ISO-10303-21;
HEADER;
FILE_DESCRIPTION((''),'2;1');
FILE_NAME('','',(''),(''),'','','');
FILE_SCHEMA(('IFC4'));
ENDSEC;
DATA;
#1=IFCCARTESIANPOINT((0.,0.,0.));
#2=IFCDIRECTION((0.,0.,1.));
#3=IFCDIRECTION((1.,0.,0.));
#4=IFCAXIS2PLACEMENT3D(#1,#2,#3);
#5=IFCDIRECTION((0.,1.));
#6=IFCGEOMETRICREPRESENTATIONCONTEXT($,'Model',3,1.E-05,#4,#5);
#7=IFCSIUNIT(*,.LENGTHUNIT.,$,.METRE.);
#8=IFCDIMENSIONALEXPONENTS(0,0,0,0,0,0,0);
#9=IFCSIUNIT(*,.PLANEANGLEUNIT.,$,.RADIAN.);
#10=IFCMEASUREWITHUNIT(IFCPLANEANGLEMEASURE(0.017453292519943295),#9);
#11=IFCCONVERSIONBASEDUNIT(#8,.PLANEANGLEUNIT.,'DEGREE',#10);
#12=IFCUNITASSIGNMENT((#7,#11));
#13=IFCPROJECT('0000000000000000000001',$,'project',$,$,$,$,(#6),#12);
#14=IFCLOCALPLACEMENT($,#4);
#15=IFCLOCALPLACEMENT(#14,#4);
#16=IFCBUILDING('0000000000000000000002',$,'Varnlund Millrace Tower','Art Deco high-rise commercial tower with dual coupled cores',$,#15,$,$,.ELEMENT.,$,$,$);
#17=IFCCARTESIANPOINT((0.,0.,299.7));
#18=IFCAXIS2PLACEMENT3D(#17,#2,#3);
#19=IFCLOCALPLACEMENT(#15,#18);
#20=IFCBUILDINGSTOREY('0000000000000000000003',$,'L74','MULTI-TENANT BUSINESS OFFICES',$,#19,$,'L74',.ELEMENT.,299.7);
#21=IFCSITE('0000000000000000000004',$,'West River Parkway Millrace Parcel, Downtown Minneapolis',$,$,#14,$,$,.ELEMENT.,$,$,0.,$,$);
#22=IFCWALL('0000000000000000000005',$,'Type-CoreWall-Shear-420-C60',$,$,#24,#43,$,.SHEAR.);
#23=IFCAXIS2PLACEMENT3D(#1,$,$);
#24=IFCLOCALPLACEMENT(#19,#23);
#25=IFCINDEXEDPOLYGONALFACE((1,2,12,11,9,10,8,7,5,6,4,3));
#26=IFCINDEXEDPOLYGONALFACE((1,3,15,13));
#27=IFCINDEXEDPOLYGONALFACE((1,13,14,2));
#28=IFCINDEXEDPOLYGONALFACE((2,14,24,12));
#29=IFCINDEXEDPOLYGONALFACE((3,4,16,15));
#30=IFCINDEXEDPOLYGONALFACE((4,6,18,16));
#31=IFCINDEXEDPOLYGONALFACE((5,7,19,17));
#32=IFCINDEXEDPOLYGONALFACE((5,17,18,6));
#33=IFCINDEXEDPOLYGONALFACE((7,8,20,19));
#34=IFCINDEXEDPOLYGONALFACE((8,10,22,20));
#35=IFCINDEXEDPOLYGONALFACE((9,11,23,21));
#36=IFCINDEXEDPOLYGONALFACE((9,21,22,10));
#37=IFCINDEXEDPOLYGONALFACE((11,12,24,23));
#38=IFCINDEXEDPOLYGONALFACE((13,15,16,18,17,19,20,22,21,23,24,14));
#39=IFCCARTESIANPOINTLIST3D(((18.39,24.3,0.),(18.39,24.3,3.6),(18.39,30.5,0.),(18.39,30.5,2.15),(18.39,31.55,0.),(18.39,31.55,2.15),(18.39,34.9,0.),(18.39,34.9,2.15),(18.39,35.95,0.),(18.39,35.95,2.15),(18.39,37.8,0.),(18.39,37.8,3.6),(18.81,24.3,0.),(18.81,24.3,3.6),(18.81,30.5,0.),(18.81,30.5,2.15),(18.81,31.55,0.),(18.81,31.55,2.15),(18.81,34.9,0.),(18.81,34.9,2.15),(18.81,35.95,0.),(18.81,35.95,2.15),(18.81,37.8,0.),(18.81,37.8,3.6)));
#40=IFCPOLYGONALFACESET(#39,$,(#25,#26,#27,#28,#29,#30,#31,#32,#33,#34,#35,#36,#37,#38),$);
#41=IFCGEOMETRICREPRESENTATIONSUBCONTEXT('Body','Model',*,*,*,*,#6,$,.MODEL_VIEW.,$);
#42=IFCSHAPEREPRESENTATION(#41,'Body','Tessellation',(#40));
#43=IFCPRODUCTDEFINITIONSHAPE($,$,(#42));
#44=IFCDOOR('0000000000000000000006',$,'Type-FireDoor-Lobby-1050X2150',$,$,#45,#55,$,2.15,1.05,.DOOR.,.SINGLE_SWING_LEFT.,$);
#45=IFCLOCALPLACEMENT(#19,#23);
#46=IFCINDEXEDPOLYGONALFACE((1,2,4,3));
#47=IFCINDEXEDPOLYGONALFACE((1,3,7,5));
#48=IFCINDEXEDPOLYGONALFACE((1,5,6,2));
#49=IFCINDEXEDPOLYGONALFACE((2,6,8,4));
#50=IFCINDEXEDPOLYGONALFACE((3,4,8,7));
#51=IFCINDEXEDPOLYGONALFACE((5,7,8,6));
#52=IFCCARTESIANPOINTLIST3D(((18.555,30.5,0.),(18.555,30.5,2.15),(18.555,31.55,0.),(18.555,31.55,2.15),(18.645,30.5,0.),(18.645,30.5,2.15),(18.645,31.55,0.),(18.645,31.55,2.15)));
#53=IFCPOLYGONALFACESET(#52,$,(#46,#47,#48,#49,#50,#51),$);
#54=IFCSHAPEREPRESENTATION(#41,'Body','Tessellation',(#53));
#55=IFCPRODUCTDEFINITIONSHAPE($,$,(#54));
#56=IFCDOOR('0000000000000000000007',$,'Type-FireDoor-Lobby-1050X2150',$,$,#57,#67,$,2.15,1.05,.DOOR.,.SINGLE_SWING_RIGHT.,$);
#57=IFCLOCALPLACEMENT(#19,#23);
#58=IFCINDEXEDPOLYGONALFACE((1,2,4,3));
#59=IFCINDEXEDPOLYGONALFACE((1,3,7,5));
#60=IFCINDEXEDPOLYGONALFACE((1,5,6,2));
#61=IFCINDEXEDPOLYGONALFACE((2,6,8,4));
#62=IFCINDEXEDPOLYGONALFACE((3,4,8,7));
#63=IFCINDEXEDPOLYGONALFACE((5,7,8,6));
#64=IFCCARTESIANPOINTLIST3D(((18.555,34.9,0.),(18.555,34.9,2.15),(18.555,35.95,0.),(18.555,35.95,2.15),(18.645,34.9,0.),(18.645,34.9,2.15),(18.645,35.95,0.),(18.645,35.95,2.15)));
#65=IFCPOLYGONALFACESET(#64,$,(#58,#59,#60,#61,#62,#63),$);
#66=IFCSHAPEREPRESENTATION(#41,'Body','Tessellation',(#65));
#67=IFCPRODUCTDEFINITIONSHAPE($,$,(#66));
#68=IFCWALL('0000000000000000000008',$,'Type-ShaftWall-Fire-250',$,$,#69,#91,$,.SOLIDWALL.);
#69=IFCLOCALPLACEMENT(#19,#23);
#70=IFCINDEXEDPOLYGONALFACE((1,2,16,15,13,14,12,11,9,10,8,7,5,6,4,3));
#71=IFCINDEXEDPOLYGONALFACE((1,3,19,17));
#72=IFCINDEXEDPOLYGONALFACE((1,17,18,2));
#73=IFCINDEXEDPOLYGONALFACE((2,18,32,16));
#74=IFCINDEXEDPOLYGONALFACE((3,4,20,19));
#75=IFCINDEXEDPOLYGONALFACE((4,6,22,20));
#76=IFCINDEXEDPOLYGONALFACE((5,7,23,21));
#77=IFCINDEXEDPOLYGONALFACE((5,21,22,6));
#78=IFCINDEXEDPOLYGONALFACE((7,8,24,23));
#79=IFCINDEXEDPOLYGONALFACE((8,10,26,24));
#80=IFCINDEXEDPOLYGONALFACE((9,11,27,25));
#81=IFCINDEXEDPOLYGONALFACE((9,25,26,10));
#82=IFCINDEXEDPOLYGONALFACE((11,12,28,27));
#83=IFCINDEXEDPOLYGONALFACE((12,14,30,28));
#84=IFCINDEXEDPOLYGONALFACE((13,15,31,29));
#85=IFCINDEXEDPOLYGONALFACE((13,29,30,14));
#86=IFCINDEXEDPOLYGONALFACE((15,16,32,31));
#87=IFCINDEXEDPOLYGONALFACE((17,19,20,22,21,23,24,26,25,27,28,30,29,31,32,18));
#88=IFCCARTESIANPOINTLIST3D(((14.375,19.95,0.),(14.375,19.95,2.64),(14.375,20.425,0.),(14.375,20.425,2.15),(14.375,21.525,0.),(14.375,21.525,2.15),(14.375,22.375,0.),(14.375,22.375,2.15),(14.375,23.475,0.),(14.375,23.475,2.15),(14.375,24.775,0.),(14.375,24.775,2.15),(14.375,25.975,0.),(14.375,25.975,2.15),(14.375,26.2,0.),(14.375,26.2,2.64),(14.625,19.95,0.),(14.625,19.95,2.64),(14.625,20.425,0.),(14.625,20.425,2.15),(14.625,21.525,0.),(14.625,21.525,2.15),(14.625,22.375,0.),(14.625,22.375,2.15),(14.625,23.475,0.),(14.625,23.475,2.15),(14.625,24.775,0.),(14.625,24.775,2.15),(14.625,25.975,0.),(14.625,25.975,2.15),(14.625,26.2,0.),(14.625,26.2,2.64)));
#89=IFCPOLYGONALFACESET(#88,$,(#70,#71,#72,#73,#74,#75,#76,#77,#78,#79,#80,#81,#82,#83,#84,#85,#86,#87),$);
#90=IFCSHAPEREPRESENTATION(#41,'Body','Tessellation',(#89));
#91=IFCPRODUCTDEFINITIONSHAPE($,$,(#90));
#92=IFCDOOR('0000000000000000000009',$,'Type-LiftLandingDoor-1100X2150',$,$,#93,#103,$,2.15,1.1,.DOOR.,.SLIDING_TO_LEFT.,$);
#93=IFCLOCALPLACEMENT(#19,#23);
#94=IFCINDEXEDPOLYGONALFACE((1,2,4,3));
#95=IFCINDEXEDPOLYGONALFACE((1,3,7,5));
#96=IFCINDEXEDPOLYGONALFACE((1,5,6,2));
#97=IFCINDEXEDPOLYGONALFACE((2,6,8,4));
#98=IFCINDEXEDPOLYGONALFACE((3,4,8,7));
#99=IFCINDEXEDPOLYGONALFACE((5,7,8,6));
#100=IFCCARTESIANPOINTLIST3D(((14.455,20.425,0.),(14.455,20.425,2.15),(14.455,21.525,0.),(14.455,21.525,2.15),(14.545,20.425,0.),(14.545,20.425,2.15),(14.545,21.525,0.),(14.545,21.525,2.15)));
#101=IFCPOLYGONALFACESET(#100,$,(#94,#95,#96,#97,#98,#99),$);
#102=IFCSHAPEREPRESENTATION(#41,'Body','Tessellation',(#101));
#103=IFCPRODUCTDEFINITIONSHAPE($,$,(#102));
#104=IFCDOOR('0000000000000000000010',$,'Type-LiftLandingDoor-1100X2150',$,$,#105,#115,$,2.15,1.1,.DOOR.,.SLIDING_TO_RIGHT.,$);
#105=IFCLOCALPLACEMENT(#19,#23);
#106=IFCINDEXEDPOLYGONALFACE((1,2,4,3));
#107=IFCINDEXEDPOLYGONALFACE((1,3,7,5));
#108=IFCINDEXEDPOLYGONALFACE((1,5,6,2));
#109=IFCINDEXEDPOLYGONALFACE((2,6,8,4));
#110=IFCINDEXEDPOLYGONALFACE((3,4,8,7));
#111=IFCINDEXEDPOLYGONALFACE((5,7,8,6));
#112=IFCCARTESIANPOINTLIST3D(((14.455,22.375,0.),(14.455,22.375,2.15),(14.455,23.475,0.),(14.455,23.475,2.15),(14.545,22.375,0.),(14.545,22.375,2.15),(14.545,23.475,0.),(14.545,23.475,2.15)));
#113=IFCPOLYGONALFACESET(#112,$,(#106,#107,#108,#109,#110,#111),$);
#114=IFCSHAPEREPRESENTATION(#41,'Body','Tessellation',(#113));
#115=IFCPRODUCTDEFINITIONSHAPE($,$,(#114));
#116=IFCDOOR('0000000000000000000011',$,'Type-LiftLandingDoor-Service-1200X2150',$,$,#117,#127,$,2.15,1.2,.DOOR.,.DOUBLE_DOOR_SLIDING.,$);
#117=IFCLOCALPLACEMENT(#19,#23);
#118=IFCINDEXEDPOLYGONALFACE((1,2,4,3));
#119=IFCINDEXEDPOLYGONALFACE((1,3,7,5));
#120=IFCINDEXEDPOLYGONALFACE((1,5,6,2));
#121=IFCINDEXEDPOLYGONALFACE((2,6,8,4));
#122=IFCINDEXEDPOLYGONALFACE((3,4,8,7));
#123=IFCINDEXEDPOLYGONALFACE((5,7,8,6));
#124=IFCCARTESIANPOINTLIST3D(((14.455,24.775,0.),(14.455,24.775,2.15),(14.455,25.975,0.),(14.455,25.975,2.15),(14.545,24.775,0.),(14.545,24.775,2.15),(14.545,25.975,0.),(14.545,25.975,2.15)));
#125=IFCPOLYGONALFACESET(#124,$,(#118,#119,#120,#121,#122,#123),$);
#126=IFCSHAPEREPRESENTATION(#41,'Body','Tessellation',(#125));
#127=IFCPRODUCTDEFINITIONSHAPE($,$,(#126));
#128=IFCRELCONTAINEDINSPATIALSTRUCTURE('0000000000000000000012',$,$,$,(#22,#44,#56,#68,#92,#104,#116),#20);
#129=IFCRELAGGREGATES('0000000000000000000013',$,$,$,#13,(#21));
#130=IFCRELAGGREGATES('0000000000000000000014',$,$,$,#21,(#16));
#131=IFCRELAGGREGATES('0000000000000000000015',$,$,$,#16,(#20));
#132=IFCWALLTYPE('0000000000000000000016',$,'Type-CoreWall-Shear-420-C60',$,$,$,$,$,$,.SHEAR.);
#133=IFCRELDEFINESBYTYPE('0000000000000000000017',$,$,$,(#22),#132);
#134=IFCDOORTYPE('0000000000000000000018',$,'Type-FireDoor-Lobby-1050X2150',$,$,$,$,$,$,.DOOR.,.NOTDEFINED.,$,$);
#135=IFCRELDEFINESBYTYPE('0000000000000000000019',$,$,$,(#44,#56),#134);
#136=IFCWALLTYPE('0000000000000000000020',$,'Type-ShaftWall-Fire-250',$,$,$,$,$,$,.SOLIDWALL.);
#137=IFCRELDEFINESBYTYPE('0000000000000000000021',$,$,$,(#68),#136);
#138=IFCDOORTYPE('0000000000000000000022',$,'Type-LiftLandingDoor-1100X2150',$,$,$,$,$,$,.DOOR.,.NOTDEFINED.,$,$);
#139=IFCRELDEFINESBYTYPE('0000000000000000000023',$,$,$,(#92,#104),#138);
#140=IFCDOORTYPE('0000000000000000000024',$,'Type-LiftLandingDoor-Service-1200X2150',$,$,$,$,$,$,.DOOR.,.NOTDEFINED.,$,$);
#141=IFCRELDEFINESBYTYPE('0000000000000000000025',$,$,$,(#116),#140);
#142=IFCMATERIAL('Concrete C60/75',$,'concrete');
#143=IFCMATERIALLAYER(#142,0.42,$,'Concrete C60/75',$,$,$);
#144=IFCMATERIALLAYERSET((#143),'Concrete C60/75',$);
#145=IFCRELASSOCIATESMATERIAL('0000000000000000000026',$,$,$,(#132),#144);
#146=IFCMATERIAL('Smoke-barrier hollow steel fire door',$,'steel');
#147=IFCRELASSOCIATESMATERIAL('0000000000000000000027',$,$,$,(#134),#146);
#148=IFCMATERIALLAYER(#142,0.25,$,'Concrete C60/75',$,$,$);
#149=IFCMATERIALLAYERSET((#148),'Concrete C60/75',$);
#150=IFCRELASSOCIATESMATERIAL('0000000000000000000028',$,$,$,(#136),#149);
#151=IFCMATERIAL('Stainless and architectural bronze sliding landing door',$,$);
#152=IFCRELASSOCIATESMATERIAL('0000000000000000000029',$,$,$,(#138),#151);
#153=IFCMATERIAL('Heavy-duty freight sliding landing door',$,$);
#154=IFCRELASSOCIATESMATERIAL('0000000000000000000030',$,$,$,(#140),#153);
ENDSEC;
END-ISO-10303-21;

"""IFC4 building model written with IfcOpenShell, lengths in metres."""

from ifc_helpers import new_model, entity, si_unit, converted_unit, direction, frame, origin_with_axes, origin_2d_with_axis, place, context, subcontext, project, spatial, polyline, rectangle, outline, extrude, material, layer, layer_set, type_object, element, fill, save


model = new_model("IFC4")

# Units and contexts
model_context = context("Model", 3, precision=1e-05, world=origin_with_axes(), true_north=direction((0.0, 1.0)))
body_context = subcontext(model_context, "Body", "Model", "MODEL_VIEW")
ifc_project = project(units=[si_unit("LENGTHUNIT", "METRE"), converted_unit("PLANEANGLEUNIT", "DEGREE", entity("IfcPlaneAngleMeasure", 0.017453292519943295), si_unit("PLANEANGLEUNIT", "RADIAN"), dimensions=[0, 0, 0, 0, 0, 0, 0])], contexts=[model_context])

# Site, building, storey
site_placement = place(None, origin_with_axes())
site = spatial("IfcSite", under=ifc_project, at=site_placement, Name="West River Parkway Millrace Parcel, Downtown Minneapolis", CompositionType="ELEMENT", RefElevation=0.0)
building_placement = place(site_placement, origin_with_axes())
building = spatial("IfcBuilding", under=site, at=building_placement, Name="Varnlund Millrace Tower", Description="Art Deco high-rise commercial tower with dual coupled cores", CompositionType="ELEMENT")
storey_placement = place(building_placement, frame((0.0, 0.0, 299.7), z_axis=(0.0, 0.0, 1.0), x_axis=(1.0, 0.0, 0.0)))
storey = spatial("IfcBuildingStorey", under=building, at=storey_placement, Name="L74", Description="MULTI-TENANT BUSINESS OFFICES", LongName="L74", CompositionType="ELEMENT", Elevation=299.7)

# Walls, openings, doors
ifc_material_1 = material(Name="Concrete C60/75", Category="concrete")
ifc_layer_1 = layer(ifc_material_1, 0.42, Name="Concrete C60/75")
ifc_layer_set_1 = layer_set([ifc_layer_1], Name="Concrete C60/75")
wall_type_1 = type_object("IfcWallType", Name="Type-CoreWall-Shear-420-C60", PredefinedType="SHEAR", material=ifc_layer_set_1)
wall_1_placement = place(storey_placement, frame((18.6, 24.3, 0.0), z_axis=(0.0, 0.0, 1.0), x_axis=(0.0, 1.0, 0.0)))
wall_1 = element("IfcWall", 1, at=wall_1_placement, inside=storey, type_object=wall_type_1, Name="Type-CoreWall-Shear-420-C60", PredefinedType="SHEAR", context=body_context, shape_type="SweptSolid", body=[
    extrude(outline(polyline([(0.0, -0.21), (13.5, -0.21), (13.5, 0.21), (0.0, 0.21), (0.0, -0.21)])), origin_with_axes(), (0.0, 0.0, 1.0), 3.6),
])
opening_1_placement = place(wall_1_placement, frame((6.725, 0.0, 0.0), z_axis=(0.0, 0.0, 1.0), x_axis=(1.0, 0.0, 0.0)))
opening_1 = element("IfcOpeningElement", 2, at=opening_1_placement, cuts=wall_1, PredefinedType="OPENING", context=body_context, shape_type="SweptSolid", body=[
    extrude(rectangle(XDim=1.05, YDim=0.44, at=origin_2d_with_axis()), origin_with_axes(), (0.0, 0.0, 1.0), 2.15),
])
opening_2_placement = place(wall_1_placement, frame((11.125, 0.0, 0.0), z_axis=(0.0, 0.0, 1.0), x_axis=(1.0, 0.0, 0.0)))
opening_2 = element("IfcOpeningElement", 3, at=opening_2_placement, cuts=wall_1, PredefinedType="OPENING", context=body_context, shape_type="SweptSolid", body=[
    extrude(rectangle(XDim=1.05, YDim=0.44, at=origin_2d_with_axis()), origin_with_axes(), (0.0, 0.0, 1.0), 2.15),
])
ifc_material_2 = material(Name="Smoke-barrier hollow steel fire door", Category="steel")
door_type_1 = type_object("IfcDoorType", Name="Type-FireDoor-Lobby-1050X2150", OperationType="NOTDEFINED", PredefinedType="DOOR", material=ifc_material_2)
door_1_placement = place(wall_1_placement, frame((6.725, 0.0, 0.0), z_axis=(0.0, 0.0, 1.0), x_axis=(1.0, 0.0, 0.0)))
door_1 = element("IfcDoor", 4, at=door_1_placement, inside=storey, type_object=door_type_1, Name="Type-FireDoor-Lobby-1050X2150", OperationType="SINGLE_SWING_LEFT", OverallHeight=2.15, OverallWidth=1.05, PredefinedType="DOOR", context=body_context, shape_type="SweptSolid", body=[
    extrude(rectangle(XDim=1.05, YDim=0.09, at=origin_2d_with_axis()), origin_with_axes(), (0.0, 0.0, 1.0), 2.15),
])
fill(opening_1, door_1)
door_2_placement = place(wall_1_placement, frame((11.125, 0.0, 0.0), z_axis=(0.0, 0.0, 1.0), x_axis=(1.0, 0.0, 0.0)))
door_2 = element("IfcDoor", 5, at=door_2_placement, inside=storey, type_object=door_type_1, Name="Type-FireDoor-Lobby-1050X2150", OperationType="SINGLE_SWING_RIGHT", OverallHeight=2.15, OverallWidth=1.05, PredefinedType="DOOR", context=body_context, shape_type="SweptSolid", body=[
    extrude(rectangle(XDim=1.05, YDim=0.09, at=origin_2d_with_axis()), origin_with_axes(), (0.0, 0.0, 1.0), 2.15),
])
fill(opening_2, door_2)
ifc_layer_2 = layer(ifc_material_1, 0.25, Name="Concrete C60/75")
ifc_layer_set_2 = layer_set([ifc_layer_2], Name="Concrete C60/75")
wall_type_2 = type_object("IfcWallType", Name="Type-ShaftWall-Fire-250", PredefinedType="SOLIDWALL", material=ifc_layer_set_2)
wall_2_placement = place(storey_placement, frame((14.5, 19.95, 0.0), z_axis=(0.0, 0.0, 1.0), x_axis=(0.0, 1.0, 0.0)))
wall_2 = element("IfcWall", 6, at=wall_2_placement, inside=storey, type_object=wall_type_2, Name="Type-ShaftWall-Fire-250", PredefinedType="SOLIDWALL", context=body_context, shape_type="SweptSolid", body=[
    extrude(outline(polyline([(0.0, -0.125), (6.25, -0.125), (6.25, 0.125), (0.0, 0.125), (0.0, -0.125)])), origin_with_axes(), (0.0, 0.0, 1.0), 2.64),
])
opening_3_placement = place(wall_2_placement, frame((1.025, 0.0, 0.0), z_axis=(0.0, 0.0, 1.0), x_axis=(1.0, 0.0, 0.0)))
opening_3 = element("IfcOpeningElement", 7, at=opening_3_placement, cuts=wall_2, PredefinedType="OPENING", context=body_context, shape_type="SweptSolid", body=[
    extrude(rectangle(XDim=1.1, YDim=0.27, at=origin_2d_with_axis()), origin_with_axes(), (0.0, 0.0, 1.0), 2.15),
])
opening_4_placement = place(wall_2_placement, frame((2.975, 0.0, 0.0), z_axis=(0.0, 0.0, 1.0), x_axis=(1.0, 0.0, 0.0)))
opening_4 = element("IfcOpeningElement", 8, at=opening_4_placement, cuts=wall_2, PredefinedType="OPENING", context=body_context, shape_type="SweptSolid", body=[
    extrude(rectangle(XDim=1.1, YDim=0.27, at=origin_2d_with_axis()), origin_with_axes(), (0.0, 0.0, 1.0), 2.15),
])
opening_5_placement = place(wall_2_placement, frame((5.425, 0.0, 0.0), z_axis=(0.0, 0.0, 1.0), x_axis=(1.0, 0.0, 0.0)))
opening_5 = element("IfcOpeningElement", 9, at=opening_5_placement, cuts=wall_2, PredefinedType="OPENING", context=body_context, shape_type="SweptSolid", body=[
    extrude(rectangle(XDim=1.2, YDim=0.27, at=origin_2d_with_axis()), origin_with_axes(), (0.0, 0.0, 1.0), 2.15),
])
ifc_material_3 = material(Name="Stainless and architectural bronze sliding landing door")
door_type_2 = type_object("IfcDoorType", Name="Type-LiftLandingDoor-1100X2150", OperationType="NOTDEFINED", PredefinedType="DOOR", material=ifc_material_3)
door_3_placement = place(wall_2_placement, frame((1.025, 0.0, 0.0), z_axis=(0.0, 0.0, 1.0), x_axis=(1.0, 0.0, 0.0)))
door_3 = element("IfcDoor", 10, at=door_3_placement, inside=storey, type_object=door_type_2, Name="Type-LiftLandingDoor-1100X2150", OperationType="SLIDING_TO_LEFT", OverallHeight=2.15, OverallWidth=1.1, PredefinedType="DOOR", context=body_context, shape_type="SweptSolid", body=[
    extrude(rectangle(XDim=1.1, YDim=0.09, at=origin_2d_with_axis()), origin_with_axes(), (0.0, 0.0, 1.0), 2.15),
])
fill(opening_3, door_3)
door_4_placement = place(wall_2_placement, frame((2.975, 0.0, 0.0), z_axis=(0.0, 0.0, 1.0), x_axis=(1.0, 0.0, 0.0)))
door_4 = element("IfcDoor", 11, at=door_4_placement, inside=storey, type_object=door_type_2, Name="Type-LiftLandingDoor-1100X2150", OperationType="SLIDING_TO_RIGHT", OverallHeight=2.15, OverallWidth=1.1, PredefinedType="DOOR", context=body_context, shape_type="SweptSolid", body=[
    extrude(rectangle(XDim=1.1, YDim=0.09, at=origin_2d_with_axis()), origin_with_axes(), (0.0, 0.0, 1.0), 2.15),
])
fill(opening_4, door_4)
ifc_material_4 = material(Name="Heavy-duty freight sliding landing door")
door_type_3 = type_object("IfcDoorType", Name="Type-LiftLandingDoor-Service-1200X2150", OperationType="NOTDEFINED", PredefinedType="DOOR", material=ifc_material_4)
door_5_placement = place(wall_2_placement, frame((5.425, 0.0, 0.0), z_axis=(0.0, 0.0, 1.0), x_axis=(1.0, 0.0, 0.0)))
door_5 = element("IfcDoor", 12, at=door_5_placement, inside=storey, type_object=door_type_3, Name="Type-LiftLandingDoor-Service-1200X2150", OperationType="DOUBLE_DOOR_SLIDING", OverallHeight=2.15, OverallWidth=1.2, PredefinedType="DOOR", context=body_context, shape_type="SweptSolid", body=[
    extrude(rectangle(XDim=1.2, YDim=0.09, at=origin_2d_with_axis()), origin_with_axes(), (0.0, 0.0, 1.0), 2.15),
])
fill(opening_5, door_5)

save(model, "model.ifc")
